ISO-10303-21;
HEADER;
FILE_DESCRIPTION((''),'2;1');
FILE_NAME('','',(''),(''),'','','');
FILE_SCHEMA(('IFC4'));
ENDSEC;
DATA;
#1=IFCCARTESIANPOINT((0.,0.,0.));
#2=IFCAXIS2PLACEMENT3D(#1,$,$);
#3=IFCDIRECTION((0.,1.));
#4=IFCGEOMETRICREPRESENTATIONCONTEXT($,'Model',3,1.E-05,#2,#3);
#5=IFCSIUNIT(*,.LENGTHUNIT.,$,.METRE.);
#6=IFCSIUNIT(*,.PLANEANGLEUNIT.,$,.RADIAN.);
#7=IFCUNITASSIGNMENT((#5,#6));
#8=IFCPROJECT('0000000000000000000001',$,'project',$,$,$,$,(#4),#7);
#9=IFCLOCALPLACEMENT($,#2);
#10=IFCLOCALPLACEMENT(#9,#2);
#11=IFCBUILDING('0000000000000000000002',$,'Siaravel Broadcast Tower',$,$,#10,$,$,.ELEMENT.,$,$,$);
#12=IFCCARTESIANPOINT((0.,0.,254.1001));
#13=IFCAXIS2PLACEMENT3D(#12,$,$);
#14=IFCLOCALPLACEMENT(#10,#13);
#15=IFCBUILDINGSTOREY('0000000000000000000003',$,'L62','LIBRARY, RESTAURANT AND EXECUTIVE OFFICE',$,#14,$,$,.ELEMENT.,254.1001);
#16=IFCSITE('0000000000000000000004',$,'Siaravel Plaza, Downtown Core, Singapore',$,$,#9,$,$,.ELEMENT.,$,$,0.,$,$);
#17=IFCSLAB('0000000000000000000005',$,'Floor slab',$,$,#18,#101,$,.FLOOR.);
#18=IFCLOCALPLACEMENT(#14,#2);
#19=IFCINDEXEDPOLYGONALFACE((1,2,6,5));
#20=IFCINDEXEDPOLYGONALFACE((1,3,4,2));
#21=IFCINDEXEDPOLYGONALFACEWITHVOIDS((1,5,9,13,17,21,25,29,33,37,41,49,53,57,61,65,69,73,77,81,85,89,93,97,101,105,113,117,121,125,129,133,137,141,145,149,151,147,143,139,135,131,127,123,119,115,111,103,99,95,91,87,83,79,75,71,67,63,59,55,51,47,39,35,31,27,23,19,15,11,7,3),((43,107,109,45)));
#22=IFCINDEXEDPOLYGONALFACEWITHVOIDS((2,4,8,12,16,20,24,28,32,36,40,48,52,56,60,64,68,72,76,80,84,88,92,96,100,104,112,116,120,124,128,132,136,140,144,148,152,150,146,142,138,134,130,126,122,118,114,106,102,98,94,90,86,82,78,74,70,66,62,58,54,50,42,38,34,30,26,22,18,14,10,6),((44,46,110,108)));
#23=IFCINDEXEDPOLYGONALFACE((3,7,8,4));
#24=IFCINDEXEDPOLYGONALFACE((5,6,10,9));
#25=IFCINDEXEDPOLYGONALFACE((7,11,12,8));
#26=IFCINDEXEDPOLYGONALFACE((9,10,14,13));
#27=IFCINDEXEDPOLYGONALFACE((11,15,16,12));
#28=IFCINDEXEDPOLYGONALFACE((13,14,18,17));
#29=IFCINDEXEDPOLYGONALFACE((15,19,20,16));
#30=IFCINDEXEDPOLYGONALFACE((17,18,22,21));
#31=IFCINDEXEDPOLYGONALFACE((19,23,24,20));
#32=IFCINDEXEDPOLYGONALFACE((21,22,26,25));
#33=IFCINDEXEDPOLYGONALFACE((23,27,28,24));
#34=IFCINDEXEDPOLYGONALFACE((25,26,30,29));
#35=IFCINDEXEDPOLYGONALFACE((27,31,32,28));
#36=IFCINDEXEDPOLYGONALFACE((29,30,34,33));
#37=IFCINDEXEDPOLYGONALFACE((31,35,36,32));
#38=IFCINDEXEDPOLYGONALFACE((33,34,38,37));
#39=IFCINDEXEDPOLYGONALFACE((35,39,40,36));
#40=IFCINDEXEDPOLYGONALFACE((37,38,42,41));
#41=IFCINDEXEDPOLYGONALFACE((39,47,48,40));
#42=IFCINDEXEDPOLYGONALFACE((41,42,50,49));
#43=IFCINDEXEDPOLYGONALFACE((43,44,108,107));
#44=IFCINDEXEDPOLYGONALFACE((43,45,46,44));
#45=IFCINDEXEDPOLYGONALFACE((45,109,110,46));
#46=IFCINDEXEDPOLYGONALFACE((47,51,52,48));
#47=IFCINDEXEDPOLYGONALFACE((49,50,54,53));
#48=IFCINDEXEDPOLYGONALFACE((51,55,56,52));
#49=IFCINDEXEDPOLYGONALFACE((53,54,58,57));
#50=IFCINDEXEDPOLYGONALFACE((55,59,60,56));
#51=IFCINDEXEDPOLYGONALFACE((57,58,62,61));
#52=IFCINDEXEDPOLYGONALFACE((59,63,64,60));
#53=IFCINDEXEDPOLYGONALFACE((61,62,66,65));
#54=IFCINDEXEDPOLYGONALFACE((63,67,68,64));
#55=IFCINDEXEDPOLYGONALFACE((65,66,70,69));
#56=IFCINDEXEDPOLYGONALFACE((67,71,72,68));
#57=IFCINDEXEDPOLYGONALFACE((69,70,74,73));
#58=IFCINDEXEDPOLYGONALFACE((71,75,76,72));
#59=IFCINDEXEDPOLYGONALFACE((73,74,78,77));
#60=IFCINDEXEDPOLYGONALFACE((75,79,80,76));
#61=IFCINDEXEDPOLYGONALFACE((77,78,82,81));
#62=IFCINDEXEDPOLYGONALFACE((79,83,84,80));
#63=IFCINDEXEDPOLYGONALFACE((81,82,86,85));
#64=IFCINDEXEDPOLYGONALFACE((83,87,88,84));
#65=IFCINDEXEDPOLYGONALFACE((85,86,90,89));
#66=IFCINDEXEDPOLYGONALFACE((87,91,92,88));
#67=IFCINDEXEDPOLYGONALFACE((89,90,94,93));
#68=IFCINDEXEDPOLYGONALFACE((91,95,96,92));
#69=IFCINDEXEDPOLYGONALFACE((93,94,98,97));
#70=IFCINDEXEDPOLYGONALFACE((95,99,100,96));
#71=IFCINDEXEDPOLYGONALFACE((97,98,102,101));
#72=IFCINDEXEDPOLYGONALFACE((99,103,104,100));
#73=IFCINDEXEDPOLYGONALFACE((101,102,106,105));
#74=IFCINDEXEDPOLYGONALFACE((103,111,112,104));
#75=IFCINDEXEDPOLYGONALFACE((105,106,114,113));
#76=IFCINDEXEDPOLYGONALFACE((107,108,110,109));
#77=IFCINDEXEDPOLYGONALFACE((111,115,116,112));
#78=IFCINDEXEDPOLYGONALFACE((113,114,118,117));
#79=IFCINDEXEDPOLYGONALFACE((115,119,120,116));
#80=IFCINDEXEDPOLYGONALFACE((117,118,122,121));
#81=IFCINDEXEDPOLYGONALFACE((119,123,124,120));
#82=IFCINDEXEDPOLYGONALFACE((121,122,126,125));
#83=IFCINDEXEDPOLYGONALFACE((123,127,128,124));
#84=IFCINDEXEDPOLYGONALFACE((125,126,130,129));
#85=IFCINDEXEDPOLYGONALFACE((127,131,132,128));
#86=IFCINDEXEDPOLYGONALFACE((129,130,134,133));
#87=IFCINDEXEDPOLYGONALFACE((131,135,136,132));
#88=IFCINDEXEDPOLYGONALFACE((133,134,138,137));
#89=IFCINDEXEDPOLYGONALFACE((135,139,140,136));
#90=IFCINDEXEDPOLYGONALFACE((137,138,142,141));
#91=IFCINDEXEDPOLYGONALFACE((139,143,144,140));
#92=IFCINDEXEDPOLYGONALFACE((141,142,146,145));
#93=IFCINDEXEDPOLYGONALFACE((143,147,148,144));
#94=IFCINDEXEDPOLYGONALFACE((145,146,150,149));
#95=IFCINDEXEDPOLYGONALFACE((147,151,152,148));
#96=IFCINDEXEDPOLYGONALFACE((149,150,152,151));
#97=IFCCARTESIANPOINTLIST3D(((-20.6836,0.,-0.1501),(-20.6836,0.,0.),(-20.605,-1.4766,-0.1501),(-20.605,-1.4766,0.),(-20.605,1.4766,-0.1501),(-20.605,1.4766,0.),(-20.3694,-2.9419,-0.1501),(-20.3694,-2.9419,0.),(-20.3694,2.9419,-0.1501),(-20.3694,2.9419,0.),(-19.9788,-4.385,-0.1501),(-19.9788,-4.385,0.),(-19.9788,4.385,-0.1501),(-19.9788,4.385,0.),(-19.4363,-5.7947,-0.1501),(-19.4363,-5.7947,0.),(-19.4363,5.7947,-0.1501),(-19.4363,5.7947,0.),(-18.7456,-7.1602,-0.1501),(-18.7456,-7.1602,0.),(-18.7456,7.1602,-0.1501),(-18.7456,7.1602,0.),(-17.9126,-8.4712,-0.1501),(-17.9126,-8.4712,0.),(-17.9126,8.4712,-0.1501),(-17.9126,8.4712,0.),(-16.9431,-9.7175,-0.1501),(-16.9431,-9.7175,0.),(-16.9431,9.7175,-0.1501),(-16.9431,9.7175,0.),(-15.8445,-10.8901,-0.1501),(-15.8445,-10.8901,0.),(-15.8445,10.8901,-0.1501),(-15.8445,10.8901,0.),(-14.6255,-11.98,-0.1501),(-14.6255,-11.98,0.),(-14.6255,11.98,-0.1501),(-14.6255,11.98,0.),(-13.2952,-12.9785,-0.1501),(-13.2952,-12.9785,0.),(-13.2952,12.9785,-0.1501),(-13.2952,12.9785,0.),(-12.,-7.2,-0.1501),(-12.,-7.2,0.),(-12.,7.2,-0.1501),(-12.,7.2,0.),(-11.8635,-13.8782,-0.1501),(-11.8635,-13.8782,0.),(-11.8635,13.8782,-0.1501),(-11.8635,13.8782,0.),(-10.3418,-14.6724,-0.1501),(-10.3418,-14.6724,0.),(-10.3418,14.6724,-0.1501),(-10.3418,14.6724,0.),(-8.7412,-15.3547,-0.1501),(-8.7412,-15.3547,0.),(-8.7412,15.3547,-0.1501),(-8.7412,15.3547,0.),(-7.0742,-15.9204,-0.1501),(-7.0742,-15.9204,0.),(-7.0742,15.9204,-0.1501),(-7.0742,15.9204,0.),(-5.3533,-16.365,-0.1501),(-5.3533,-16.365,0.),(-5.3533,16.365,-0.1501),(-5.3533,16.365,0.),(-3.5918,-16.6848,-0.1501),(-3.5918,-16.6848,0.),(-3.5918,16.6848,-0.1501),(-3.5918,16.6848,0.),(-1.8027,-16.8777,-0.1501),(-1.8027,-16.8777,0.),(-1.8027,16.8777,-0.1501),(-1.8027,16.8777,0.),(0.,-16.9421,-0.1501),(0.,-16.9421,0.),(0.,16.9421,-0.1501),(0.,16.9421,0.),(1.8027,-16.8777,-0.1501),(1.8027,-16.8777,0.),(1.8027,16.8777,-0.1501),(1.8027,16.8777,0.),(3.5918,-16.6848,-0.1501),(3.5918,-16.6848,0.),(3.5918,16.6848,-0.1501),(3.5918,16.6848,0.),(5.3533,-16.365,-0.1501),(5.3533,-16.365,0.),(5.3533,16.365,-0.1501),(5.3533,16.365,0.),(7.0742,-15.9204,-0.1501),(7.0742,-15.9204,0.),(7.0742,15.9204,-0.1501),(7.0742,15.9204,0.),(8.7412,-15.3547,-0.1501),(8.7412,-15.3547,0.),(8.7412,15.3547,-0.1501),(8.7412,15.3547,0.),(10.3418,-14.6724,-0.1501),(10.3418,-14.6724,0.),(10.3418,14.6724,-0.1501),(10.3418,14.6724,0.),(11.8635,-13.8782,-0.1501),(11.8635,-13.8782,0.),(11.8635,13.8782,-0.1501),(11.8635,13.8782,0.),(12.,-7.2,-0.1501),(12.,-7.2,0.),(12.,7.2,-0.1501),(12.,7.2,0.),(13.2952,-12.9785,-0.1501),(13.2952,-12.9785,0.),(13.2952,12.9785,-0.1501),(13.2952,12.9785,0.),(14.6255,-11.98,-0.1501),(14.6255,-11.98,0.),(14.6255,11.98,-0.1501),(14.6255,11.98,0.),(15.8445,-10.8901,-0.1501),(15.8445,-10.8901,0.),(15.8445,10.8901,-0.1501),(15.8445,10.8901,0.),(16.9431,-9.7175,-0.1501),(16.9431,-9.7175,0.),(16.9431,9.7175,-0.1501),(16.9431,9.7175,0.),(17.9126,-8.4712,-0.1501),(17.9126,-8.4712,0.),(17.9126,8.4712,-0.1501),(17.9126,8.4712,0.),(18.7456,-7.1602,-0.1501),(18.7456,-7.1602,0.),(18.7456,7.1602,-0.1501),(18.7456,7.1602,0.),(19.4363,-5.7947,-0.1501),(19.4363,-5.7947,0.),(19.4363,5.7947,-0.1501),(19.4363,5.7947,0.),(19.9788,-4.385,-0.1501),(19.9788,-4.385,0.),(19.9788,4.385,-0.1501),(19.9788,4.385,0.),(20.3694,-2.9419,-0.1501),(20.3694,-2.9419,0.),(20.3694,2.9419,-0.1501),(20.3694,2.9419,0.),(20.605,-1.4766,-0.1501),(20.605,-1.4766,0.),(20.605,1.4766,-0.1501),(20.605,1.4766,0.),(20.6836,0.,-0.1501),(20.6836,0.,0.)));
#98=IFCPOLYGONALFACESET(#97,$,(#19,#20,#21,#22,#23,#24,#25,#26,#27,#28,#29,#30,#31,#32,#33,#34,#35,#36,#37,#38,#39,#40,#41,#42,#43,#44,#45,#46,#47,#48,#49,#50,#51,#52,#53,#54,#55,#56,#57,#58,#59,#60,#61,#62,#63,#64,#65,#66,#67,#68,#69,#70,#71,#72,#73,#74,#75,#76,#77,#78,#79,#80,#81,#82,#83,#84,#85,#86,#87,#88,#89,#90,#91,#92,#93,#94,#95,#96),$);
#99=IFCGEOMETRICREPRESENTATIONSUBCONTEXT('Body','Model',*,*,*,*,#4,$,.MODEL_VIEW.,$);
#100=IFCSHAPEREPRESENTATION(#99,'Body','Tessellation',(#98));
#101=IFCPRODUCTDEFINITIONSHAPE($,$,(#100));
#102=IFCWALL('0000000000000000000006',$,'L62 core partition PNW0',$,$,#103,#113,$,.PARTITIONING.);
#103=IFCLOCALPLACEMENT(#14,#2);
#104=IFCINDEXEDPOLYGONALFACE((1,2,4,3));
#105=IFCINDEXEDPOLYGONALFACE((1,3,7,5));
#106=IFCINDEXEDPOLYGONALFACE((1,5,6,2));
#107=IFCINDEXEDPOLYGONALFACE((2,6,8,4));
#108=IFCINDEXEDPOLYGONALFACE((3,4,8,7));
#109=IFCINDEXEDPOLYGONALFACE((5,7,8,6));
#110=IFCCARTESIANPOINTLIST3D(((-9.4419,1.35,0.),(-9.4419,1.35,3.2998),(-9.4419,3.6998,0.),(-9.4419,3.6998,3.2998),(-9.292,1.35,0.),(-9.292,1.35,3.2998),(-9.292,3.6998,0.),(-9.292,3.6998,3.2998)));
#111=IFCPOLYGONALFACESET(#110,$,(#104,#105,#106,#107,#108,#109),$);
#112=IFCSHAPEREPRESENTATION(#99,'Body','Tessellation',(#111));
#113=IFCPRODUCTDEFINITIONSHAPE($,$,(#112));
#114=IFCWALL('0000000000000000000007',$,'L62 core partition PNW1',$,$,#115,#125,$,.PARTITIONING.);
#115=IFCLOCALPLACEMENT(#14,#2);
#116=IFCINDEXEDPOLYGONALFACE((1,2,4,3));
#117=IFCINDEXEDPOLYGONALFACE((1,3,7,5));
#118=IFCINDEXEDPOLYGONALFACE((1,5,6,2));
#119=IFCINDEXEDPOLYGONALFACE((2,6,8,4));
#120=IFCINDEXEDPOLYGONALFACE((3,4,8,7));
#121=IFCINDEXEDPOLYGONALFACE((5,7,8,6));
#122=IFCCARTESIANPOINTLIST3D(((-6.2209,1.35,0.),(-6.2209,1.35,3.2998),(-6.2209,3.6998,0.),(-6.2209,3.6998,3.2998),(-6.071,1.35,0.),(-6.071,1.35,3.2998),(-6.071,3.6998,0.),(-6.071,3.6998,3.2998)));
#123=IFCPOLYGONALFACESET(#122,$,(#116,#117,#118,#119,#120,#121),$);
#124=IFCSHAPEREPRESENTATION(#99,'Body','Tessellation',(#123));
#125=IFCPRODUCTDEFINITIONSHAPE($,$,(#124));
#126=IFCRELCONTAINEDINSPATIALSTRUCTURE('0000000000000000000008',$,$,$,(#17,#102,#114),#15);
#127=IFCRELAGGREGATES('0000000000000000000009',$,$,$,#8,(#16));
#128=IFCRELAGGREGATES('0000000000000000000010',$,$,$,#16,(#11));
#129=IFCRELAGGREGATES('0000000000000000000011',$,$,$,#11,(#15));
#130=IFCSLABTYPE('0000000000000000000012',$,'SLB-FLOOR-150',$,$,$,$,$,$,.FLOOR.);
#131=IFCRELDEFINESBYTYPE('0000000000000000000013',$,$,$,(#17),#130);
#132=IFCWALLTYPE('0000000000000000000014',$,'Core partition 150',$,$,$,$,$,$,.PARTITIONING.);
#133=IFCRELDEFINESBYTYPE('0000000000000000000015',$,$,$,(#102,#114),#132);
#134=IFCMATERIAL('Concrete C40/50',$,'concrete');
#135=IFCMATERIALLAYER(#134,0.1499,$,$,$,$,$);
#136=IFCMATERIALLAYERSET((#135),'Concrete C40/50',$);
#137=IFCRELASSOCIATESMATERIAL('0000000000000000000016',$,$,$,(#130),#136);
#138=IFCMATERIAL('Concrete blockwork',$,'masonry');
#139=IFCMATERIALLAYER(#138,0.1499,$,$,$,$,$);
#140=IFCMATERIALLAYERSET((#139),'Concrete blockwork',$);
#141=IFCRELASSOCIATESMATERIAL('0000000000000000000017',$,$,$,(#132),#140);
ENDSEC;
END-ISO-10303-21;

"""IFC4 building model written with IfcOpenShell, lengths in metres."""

from ifc_helpers import new_model, si_unit, direction, frame, frame_2d, origin, place, context, subcontext, project, spatial, polyline, rectangle, outline, extrude, material, layer, layer_set, type_object, element, save


model = new_model("IFC4")

# Units and contexts
model_context = context("Model", 3, precision=1e-05, world=origin(), true_north=direction((0.0, 1.0)))
body_context = subcontext(model_context, "Body", "Model", "MODEL_VIEW")
ifc_project = project(units=[si_unit("LENGTHUNIT", "METRE"), si_unit("PLANEANGLEUNIT", "RADIAN")], contexts=[model_context])

# Site, building, storey
site_placement = place(None, origin())
site = spatial("IfcSite", under=ifc_project, at=site_placement, Name="Siaravel Plaza, Downtown Core, Singapore", CompositionType="ELEMENT", RefElevation=0.0)
building_placement = place(site_placement, origin())
building = spatial("IfcBuilding", under=site, at=building_placement, Name="Siaravel Broadcast Tower", CompositionType="ELEMENT")
storey_placement = place(building_placement, frame((0.0, 0.0, 254.1001)))
storey = spatial("IfcBuildingStorey", under=building, at=storey_placement, Name="L62", Description="LIBRARY, RESTAURANT AND EXECUTIVE OFFICE", CompositionType="ELEMENT", Elevation=254.1001)

# Slab
ifc_material_1 = material(Name="Concrete C40/50", Category="concrete")
ifc_layer_1 = layer(ifc_material_1, 0.1499)
ifc_layer_set_1 = layer_set([ifc_layer_1], Name="Concrete C40/50")
slab_type = type_object("IfcSlabType", Name="SLB-FLOOR-150", PredefinedType="FLOOR", material=ifc_layer_set_1)
slab_placement = place(storey_placement, frame((0.0, 0.0, -0.1501)))
element("IfcSlab", 1, at=slab_placement, inside=storey, type_object=slab_type, Name="Floor slab", PredefinedType="FLOOR", context=body_context, shape_type="SweptSolid", body=[
    extrude(outline(polyline([(20.6836, 0.0), (20.605, 1.4766), (20.3694, 2.9419), (19.9788, 4.385), (19.4363, 5.7947), (18.7456, 7.1602), (17.9126, 8.4712), (16.9431, 9.7175), (15.8445, 10.8901), (14.6255, 11.98), (13.2952, 12.9785), (11.8635, 13.8782), (10.3418, 14.6724), (8.7412, 15.3547), (7.0742, 15.9204), (5.3533, 16.365), (3.5918, 16.6848), (1.8027, 16.8777), (0.0, 16.9421), (-1.8027, 16.8777), (-3.5918, 16.6848), (-5.3533, 16.365), (-7.0742, 15.9204), (-8.7412, 15.3547), (-10.3418, 14.6724), (-11.8635, 13.8782), (-13.2952, 12.9785), (-14.6255, 11.98), (-15.8445, 10.8901), (-16.9431, 9.7175), (-17.9126, 8.4712), (-18.7456, 7.1602), (-19.4363, 5.7947), (-19.9788, 4.385), (-20.3694, 2.9419), (-20.605, 1.4766), (-20.6836, 0.0), (-20.605, -1.4766), (-20.3694, -2.9419), (-19.9788, -4.385), (-19.4363, -5.7947), (-18.7456, -7.1602), (-17.9126, -8.4712), (-16.9431, -9.7175), (-15.8445, -10.8901), (-14.6255, -11.98), (-13.2952, -12.9785), (-11.8635, -13.8782), (-10.3418, -14.6724), (-8.7412, -15.3547), (-7.0742, -15.9204), (-5.3533, -16.365), (-3.5918, -16.6848), (-1.8027, -16.8777), (0.0, -16.9421), (1.8027, -16.8777), (3.5918, -16.6848), (5.3533, -16.365), (7.0742, -15.9204), (8.7412, -15.3547), (10.3418, -14.6724), (11.8635, -13.8782), (13.2952, -12.9785), (14.6255, -11.98), (15.8445, -10.8901), (16.9431, -9.7175), (17.9126, -8.4712), (18.7456, -7.1602), (19.4363, -5.7947), (19.9788, -4.385), (20.3694, -2.9419), (20.605, -1.4766), (20.6836, 0.0)]), holes=[polyline([(-12.0, 7.2), (12.0, 7.2), (12.0, -7.2), (-12.0, -7.2), (-12.0, 7.2)])]), origin(), (0.0, 0.0, 1.0), 0.1501),
])

# Walls
ifc_material_2 = material(Name="Concrete blockwork", Category="masonry")
ifc_layer_2 = layer(ifc_material_2, 0.1499)
ifc_layer_set_2 = layer_set([ifc_layer_2], Name="Concrete blockwork")
wall_type_1 = type_object("IfcWallType", Name="Core partition 150", PredefinedType="PARTITIONING", material=ifc_layer_set_2)
for number, where, z_axis, x_axis, name in (
    (2, (-9.3669, 1.3501, 0.0), (0.0, 0.0, 1.0), (0.0, 1.0, 0.0), "L62 core partition PNW0"),
    (3, (-6.146, 1.3501, 0.0), (0.0, 0.0, 1.0), (0.0, 1.0, 0.0), "L62 core partition PNW1"),
):
    element("IfcWall", number, at=place(storey_placement, frame(where, z_axis=z_axis, x_axis=x_axis)), inside=storey, type_object=wall_type_1, Name=name, PredefinedType="PARTITIONING", context=body_context, shape_type="SweptSolid", body=[
        extrude(rectangle(XDim=2.3499, YDim=0.1499, at=frame_2d((1.1748, 0.0))), origin(), (0.0, 0.0, 1.0), 3.2998),
    ])

save(model, "model.ifc")
